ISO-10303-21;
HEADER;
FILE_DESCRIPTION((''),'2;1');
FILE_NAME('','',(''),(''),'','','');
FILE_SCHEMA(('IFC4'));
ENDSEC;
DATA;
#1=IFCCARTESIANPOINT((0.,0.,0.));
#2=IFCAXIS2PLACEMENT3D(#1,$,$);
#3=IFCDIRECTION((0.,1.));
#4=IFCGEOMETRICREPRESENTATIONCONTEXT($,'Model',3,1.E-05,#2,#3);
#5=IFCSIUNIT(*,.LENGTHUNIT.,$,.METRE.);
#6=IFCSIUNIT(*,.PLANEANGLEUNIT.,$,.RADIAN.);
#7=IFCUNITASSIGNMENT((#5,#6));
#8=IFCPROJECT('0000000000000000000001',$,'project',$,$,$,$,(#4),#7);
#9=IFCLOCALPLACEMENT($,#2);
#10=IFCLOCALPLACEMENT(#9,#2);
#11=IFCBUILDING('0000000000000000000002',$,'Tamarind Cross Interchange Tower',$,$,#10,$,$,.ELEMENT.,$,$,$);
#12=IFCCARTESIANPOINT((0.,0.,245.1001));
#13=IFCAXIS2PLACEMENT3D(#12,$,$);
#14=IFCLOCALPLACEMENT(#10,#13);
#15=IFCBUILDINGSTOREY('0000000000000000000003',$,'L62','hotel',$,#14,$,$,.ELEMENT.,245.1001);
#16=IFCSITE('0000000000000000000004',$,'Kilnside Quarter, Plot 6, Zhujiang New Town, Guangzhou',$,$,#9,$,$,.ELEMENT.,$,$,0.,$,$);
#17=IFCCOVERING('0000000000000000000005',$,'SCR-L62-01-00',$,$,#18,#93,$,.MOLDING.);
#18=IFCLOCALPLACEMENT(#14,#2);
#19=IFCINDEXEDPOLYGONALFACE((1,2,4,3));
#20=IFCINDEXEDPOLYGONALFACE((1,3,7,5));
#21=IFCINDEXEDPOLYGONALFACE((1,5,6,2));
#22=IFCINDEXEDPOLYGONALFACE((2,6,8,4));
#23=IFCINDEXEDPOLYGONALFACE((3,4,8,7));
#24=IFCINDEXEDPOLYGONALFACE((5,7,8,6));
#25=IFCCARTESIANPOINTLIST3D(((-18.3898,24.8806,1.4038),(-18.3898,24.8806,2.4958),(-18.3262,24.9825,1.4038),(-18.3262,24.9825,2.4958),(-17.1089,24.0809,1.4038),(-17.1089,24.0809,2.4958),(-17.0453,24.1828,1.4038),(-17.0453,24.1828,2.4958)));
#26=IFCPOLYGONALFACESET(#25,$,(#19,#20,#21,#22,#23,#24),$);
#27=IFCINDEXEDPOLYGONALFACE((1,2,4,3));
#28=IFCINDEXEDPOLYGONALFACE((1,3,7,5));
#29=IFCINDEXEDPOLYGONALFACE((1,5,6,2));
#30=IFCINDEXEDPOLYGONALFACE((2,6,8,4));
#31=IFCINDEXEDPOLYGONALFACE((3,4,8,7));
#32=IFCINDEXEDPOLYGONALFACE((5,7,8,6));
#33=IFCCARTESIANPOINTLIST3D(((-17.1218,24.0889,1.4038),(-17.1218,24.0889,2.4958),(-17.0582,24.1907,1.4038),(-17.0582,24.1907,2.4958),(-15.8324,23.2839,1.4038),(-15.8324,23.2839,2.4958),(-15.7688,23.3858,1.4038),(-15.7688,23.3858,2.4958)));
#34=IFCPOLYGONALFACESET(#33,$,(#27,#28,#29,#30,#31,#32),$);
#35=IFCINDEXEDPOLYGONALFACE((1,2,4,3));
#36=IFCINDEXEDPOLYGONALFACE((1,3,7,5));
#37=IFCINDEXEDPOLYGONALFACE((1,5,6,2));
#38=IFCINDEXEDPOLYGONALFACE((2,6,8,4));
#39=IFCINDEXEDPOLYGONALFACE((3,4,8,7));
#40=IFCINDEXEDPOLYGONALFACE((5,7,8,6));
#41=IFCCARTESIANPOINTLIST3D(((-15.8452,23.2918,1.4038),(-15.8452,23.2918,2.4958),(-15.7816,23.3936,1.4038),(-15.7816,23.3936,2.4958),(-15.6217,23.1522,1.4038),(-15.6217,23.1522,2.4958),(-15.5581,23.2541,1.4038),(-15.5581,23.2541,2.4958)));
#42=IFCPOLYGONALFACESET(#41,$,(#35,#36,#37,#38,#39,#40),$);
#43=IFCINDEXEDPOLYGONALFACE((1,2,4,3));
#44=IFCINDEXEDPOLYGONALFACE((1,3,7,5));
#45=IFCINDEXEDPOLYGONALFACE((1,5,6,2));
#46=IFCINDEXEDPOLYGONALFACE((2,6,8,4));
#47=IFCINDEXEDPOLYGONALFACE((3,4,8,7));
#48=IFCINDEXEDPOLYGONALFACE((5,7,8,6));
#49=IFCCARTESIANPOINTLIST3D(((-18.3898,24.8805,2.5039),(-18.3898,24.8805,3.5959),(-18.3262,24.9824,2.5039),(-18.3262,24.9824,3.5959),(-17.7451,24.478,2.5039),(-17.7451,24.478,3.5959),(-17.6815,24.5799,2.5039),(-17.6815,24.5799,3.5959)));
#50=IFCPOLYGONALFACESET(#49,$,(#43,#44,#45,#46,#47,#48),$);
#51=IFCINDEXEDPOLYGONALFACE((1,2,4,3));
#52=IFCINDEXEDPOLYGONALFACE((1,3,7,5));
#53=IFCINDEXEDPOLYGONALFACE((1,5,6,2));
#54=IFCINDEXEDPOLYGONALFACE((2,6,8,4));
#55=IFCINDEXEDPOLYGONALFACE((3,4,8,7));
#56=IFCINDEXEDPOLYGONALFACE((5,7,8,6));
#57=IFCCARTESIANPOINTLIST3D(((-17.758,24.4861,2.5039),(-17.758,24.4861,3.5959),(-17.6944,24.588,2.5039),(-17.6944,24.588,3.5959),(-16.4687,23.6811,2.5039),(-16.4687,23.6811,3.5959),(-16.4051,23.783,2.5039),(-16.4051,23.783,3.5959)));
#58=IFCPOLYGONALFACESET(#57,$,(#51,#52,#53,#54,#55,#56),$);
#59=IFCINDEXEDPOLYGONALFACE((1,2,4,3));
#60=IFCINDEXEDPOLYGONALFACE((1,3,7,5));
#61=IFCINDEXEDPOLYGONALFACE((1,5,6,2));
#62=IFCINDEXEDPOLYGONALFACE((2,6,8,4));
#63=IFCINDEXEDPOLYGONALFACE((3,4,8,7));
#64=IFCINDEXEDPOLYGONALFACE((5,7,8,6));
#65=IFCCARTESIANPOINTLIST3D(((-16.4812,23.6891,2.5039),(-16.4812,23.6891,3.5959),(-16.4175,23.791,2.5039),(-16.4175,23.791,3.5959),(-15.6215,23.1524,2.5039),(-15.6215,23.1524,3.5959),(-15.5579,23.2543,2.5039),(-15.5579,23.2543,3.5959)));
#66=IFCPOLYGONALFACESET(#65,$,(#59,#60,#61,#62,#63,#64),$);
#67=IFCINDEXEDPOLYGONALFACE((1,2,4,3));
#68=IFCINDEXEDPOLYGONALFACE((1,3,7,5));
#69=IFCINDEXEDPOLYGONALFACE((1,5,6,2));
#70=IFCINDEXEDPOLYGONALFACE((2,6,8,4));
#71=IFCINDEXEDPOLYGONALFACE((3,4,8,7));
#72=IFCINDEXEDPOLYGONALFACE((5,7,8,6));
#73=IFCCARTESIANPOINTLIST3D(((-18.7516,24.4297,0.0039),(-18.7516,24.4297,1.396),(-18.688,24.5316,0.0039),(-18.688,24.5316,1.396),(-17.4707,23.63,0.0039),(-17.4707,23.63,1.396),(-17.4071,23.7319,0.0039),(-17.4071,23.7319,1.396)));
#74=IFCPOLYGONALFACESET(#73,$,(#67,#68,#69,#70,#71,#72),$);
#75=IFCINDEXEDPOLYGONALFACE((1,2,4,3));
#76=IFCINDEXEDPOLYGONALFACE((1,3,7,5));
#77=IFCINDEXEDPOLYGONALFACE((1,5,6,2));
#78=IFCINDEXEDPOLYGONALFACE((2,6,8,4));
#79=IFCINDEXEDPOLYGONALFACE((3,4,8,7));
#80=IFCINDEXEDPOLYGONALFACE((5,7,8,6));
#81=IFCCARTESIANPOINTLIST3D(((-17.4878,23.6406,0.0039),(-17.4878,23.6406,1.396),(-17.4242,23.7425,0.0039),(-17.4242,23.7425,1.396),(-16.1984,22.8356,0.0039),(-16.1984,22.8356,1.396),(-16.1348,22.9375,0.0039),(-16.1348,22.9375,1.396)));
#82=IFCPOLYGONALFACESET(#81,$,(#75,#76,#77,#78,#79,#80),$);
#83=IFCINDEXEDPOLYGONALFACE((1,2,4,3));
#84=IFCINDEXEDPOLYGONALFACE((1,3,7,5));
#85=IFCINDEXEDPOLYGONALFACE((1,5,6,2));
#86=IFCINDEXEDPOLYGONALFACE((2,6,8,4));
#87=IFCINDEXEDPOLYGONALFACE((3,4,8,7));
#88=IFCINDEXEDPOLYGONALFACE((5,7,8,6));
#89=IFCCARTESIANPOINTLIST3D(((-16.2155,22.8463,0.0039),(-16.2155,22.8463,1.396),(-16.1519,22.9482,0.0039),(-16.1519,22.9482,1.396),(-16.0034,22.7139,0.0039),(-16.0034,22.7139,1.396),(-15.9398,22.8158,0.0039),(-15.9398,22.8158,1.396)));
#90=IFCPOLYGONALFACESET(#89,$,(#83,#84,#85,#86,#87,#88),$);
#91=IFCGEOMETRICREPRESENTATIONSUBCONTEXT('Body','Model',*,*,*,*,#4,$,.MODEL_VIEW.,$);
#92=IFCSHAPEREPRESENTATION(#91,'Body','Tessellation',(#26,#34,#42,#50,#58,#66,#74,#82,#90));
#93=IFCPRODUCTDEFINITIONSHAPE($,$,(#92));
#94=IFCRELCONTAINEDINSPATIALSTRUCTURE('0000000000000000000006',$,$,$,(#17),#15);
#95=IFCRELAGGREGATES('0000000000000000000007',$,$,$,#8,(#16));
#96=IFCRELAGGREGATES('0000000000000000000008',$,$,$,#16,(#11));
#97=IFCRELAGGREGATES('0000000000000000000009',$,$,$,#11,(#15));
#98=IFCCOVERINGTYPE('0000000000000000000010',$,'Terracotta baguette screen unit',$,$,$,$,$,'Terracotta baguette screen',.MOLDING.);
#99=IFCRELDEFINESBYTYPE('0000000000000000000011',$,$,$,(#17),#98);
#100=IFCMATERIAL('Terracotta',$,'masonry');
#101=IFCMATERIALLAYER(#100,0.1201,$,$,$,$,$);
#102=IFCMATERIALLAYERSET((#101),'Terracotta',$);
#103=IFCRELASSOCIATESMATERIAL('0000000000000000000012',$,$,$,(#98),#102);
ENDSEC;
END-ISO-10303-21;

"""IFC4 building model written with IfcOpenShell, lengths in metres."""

from ifc_helpers import new_model, si_unit, direction, frame, origin, origin_2d, place, context, subcontext, project, spatial, rectangle, extrude, material, layer, layer_set, type_object, element, save


model = new_model("IFC4")

# Units and contexts
model_context = context("Model", 3, precision=1e-05, world=origin(), true_north=direction((0.0, 1.0)))
body_context = subcontext(model_context, "Body", "Model", "MODEL_VIEW")
ifc_project = project(units=[si_unit("LENGTHUNIT", "METRE"), si_unit("PLANEANGLEUNIT", "RADIAN")], contexts=[model_context])

# Site, building, storey
site_placement = place(None, origin())
site = spatial("IfcSite", under=ifc_project, at=site_placement, Name="Kilnside Quarter, Plot 6, Zhujiang New Town, Guangzhou", CompositionType="ELEMENT", RefElevation=0.0)
building_placement = place(site_placement, origin())
building = spatial("IfcBuilding", under=site, at=building_placement, Name="Tamarind Cross Interchange Tower", CompositionType="ELEMENT")
storey_placement = place(building_placement, frame((0.0, 0.0, 245.1001)))
storey = spatial("IfcBuildingStorey", under=building, at=storey_placement, Name="L62", Description="hotel", CompositionType="ELEMENT", Elevation=245.1001)

# Covering
ifc_material_1 = material(Name="Terracotta", Category="masonry")
ifc_layer_1 = layer(ifc_material_1, 0.1201)
ifc_layer_set_1 = layer_set([ifc_layer_1], Name="Terracotta")
covering_type = type_object("IfcCoveringType", Name="Terracotta baguette screen unit", ElementType="Terracotta baguette screen", PredefinedType="MOLDING", material=ifc_layer_set_1)
covering_1_placement = place(storey_placement, origin())
element("IfcCovering", 1, at=covering_1_placement, inside=storey, type_object=covering_type, Name="SCR-L62-01-00", PredefinedType="MOLDING", context=body_context, shape_type="SweptSolid", body=[
    extrude(rectangle(XDim=1.51, YDim=0.1201, at=origin_2d()), frame((-17.7175, 24.5317, 1.4038), z_axis=(0.0, 0.0, 1.0), x_axis=(0.848252, -0.529593, 0.0)), (0.0, 0.0, 1.0), 1.092),
    extrude(rectangle(XDim=1.52, YDim=0.1201, at=origin_2d()), frame((-16.4453, 23.7373, 1.4038), z_axis=(0.0, 0.0, 1.0), x_axis=(0.848252, -0.529593, 0.0)), (0.0, 0.0, 1.0), 1.092),
    extrude(rectangle(XDim=0.2634, YDim=0.1201, at=origin_2d()), frame((-15.7017, 23.2729, 1.4038), z_axis=(0.0, 0.0, 1.0), x_axis=(0.848252, -0.529593, 0.0)), (0.0, 0.0, 1.0), 1.092),
    extrude(rectangle(XDim=0.76, YDim=0.1201, at=origin_2d()), frame((-18.0356, 24.7302, 2.5039), z_axis=(0.0, 0.0, 1.0), x_axis=(0.848252, -0.529593, 0.0)), (0.0, 0.0, 1.0), 1.092),
    extrude(rectangle(XDim=1.52, YDim=0.1201, at=origin_2d()), frame((-17.0815, 24.1345, 2.5039), z_axis=(0.0, 0.0, 1.0), x_axis=(0.848252, -0.529593, 0.0)), (0.0, 0.0, 1.0), 1.092),
    extrude(rectangle(XDim=1.0134, YDim=0.1201, at=origin_2d()), frame((-16.0195, 23.4717, 2.5039), z_axis=(0.0, 0.0, 1.0), x_axis=(0.848252, -0.529593, 0.0)), (0.0, 0.0, 1.0), 1.092),
    extrude(rectangle(XDim=1.51, YDim=0.1201, at=origin_2d()), frame((-18.0793, 24.0808, 0.0039), z_axis=(0.0, 0.0, 1.0), x_axis=(0.848252, -0.529593, 0.0)), (0.0, 0.0, 1.0), 1.3921),
    extrude(rectangle(XDim=1.52, YDim=0.1201, at=origin_2d()), frame((-16.8113, 23.2891, 0.0039), z_axis=(0.0, 0.0, 1.0), x_axis=(0.848252, -0.529593, 0.0)), (0.0, 0.0, 1.0), 1.3921),
    extrude(rectangle(XDim=0.25, YDim=0.1201, at=origin_2d()), frame((-16.0776, 22.8311, 0.0039), z_axis=(0.0, 0.0, 1.0), x_axis=(0.848252, -0.529593, 0.0)), (0.0, 0.0, 1.0), 1.3921),
])

save(model, "model.ifc")
